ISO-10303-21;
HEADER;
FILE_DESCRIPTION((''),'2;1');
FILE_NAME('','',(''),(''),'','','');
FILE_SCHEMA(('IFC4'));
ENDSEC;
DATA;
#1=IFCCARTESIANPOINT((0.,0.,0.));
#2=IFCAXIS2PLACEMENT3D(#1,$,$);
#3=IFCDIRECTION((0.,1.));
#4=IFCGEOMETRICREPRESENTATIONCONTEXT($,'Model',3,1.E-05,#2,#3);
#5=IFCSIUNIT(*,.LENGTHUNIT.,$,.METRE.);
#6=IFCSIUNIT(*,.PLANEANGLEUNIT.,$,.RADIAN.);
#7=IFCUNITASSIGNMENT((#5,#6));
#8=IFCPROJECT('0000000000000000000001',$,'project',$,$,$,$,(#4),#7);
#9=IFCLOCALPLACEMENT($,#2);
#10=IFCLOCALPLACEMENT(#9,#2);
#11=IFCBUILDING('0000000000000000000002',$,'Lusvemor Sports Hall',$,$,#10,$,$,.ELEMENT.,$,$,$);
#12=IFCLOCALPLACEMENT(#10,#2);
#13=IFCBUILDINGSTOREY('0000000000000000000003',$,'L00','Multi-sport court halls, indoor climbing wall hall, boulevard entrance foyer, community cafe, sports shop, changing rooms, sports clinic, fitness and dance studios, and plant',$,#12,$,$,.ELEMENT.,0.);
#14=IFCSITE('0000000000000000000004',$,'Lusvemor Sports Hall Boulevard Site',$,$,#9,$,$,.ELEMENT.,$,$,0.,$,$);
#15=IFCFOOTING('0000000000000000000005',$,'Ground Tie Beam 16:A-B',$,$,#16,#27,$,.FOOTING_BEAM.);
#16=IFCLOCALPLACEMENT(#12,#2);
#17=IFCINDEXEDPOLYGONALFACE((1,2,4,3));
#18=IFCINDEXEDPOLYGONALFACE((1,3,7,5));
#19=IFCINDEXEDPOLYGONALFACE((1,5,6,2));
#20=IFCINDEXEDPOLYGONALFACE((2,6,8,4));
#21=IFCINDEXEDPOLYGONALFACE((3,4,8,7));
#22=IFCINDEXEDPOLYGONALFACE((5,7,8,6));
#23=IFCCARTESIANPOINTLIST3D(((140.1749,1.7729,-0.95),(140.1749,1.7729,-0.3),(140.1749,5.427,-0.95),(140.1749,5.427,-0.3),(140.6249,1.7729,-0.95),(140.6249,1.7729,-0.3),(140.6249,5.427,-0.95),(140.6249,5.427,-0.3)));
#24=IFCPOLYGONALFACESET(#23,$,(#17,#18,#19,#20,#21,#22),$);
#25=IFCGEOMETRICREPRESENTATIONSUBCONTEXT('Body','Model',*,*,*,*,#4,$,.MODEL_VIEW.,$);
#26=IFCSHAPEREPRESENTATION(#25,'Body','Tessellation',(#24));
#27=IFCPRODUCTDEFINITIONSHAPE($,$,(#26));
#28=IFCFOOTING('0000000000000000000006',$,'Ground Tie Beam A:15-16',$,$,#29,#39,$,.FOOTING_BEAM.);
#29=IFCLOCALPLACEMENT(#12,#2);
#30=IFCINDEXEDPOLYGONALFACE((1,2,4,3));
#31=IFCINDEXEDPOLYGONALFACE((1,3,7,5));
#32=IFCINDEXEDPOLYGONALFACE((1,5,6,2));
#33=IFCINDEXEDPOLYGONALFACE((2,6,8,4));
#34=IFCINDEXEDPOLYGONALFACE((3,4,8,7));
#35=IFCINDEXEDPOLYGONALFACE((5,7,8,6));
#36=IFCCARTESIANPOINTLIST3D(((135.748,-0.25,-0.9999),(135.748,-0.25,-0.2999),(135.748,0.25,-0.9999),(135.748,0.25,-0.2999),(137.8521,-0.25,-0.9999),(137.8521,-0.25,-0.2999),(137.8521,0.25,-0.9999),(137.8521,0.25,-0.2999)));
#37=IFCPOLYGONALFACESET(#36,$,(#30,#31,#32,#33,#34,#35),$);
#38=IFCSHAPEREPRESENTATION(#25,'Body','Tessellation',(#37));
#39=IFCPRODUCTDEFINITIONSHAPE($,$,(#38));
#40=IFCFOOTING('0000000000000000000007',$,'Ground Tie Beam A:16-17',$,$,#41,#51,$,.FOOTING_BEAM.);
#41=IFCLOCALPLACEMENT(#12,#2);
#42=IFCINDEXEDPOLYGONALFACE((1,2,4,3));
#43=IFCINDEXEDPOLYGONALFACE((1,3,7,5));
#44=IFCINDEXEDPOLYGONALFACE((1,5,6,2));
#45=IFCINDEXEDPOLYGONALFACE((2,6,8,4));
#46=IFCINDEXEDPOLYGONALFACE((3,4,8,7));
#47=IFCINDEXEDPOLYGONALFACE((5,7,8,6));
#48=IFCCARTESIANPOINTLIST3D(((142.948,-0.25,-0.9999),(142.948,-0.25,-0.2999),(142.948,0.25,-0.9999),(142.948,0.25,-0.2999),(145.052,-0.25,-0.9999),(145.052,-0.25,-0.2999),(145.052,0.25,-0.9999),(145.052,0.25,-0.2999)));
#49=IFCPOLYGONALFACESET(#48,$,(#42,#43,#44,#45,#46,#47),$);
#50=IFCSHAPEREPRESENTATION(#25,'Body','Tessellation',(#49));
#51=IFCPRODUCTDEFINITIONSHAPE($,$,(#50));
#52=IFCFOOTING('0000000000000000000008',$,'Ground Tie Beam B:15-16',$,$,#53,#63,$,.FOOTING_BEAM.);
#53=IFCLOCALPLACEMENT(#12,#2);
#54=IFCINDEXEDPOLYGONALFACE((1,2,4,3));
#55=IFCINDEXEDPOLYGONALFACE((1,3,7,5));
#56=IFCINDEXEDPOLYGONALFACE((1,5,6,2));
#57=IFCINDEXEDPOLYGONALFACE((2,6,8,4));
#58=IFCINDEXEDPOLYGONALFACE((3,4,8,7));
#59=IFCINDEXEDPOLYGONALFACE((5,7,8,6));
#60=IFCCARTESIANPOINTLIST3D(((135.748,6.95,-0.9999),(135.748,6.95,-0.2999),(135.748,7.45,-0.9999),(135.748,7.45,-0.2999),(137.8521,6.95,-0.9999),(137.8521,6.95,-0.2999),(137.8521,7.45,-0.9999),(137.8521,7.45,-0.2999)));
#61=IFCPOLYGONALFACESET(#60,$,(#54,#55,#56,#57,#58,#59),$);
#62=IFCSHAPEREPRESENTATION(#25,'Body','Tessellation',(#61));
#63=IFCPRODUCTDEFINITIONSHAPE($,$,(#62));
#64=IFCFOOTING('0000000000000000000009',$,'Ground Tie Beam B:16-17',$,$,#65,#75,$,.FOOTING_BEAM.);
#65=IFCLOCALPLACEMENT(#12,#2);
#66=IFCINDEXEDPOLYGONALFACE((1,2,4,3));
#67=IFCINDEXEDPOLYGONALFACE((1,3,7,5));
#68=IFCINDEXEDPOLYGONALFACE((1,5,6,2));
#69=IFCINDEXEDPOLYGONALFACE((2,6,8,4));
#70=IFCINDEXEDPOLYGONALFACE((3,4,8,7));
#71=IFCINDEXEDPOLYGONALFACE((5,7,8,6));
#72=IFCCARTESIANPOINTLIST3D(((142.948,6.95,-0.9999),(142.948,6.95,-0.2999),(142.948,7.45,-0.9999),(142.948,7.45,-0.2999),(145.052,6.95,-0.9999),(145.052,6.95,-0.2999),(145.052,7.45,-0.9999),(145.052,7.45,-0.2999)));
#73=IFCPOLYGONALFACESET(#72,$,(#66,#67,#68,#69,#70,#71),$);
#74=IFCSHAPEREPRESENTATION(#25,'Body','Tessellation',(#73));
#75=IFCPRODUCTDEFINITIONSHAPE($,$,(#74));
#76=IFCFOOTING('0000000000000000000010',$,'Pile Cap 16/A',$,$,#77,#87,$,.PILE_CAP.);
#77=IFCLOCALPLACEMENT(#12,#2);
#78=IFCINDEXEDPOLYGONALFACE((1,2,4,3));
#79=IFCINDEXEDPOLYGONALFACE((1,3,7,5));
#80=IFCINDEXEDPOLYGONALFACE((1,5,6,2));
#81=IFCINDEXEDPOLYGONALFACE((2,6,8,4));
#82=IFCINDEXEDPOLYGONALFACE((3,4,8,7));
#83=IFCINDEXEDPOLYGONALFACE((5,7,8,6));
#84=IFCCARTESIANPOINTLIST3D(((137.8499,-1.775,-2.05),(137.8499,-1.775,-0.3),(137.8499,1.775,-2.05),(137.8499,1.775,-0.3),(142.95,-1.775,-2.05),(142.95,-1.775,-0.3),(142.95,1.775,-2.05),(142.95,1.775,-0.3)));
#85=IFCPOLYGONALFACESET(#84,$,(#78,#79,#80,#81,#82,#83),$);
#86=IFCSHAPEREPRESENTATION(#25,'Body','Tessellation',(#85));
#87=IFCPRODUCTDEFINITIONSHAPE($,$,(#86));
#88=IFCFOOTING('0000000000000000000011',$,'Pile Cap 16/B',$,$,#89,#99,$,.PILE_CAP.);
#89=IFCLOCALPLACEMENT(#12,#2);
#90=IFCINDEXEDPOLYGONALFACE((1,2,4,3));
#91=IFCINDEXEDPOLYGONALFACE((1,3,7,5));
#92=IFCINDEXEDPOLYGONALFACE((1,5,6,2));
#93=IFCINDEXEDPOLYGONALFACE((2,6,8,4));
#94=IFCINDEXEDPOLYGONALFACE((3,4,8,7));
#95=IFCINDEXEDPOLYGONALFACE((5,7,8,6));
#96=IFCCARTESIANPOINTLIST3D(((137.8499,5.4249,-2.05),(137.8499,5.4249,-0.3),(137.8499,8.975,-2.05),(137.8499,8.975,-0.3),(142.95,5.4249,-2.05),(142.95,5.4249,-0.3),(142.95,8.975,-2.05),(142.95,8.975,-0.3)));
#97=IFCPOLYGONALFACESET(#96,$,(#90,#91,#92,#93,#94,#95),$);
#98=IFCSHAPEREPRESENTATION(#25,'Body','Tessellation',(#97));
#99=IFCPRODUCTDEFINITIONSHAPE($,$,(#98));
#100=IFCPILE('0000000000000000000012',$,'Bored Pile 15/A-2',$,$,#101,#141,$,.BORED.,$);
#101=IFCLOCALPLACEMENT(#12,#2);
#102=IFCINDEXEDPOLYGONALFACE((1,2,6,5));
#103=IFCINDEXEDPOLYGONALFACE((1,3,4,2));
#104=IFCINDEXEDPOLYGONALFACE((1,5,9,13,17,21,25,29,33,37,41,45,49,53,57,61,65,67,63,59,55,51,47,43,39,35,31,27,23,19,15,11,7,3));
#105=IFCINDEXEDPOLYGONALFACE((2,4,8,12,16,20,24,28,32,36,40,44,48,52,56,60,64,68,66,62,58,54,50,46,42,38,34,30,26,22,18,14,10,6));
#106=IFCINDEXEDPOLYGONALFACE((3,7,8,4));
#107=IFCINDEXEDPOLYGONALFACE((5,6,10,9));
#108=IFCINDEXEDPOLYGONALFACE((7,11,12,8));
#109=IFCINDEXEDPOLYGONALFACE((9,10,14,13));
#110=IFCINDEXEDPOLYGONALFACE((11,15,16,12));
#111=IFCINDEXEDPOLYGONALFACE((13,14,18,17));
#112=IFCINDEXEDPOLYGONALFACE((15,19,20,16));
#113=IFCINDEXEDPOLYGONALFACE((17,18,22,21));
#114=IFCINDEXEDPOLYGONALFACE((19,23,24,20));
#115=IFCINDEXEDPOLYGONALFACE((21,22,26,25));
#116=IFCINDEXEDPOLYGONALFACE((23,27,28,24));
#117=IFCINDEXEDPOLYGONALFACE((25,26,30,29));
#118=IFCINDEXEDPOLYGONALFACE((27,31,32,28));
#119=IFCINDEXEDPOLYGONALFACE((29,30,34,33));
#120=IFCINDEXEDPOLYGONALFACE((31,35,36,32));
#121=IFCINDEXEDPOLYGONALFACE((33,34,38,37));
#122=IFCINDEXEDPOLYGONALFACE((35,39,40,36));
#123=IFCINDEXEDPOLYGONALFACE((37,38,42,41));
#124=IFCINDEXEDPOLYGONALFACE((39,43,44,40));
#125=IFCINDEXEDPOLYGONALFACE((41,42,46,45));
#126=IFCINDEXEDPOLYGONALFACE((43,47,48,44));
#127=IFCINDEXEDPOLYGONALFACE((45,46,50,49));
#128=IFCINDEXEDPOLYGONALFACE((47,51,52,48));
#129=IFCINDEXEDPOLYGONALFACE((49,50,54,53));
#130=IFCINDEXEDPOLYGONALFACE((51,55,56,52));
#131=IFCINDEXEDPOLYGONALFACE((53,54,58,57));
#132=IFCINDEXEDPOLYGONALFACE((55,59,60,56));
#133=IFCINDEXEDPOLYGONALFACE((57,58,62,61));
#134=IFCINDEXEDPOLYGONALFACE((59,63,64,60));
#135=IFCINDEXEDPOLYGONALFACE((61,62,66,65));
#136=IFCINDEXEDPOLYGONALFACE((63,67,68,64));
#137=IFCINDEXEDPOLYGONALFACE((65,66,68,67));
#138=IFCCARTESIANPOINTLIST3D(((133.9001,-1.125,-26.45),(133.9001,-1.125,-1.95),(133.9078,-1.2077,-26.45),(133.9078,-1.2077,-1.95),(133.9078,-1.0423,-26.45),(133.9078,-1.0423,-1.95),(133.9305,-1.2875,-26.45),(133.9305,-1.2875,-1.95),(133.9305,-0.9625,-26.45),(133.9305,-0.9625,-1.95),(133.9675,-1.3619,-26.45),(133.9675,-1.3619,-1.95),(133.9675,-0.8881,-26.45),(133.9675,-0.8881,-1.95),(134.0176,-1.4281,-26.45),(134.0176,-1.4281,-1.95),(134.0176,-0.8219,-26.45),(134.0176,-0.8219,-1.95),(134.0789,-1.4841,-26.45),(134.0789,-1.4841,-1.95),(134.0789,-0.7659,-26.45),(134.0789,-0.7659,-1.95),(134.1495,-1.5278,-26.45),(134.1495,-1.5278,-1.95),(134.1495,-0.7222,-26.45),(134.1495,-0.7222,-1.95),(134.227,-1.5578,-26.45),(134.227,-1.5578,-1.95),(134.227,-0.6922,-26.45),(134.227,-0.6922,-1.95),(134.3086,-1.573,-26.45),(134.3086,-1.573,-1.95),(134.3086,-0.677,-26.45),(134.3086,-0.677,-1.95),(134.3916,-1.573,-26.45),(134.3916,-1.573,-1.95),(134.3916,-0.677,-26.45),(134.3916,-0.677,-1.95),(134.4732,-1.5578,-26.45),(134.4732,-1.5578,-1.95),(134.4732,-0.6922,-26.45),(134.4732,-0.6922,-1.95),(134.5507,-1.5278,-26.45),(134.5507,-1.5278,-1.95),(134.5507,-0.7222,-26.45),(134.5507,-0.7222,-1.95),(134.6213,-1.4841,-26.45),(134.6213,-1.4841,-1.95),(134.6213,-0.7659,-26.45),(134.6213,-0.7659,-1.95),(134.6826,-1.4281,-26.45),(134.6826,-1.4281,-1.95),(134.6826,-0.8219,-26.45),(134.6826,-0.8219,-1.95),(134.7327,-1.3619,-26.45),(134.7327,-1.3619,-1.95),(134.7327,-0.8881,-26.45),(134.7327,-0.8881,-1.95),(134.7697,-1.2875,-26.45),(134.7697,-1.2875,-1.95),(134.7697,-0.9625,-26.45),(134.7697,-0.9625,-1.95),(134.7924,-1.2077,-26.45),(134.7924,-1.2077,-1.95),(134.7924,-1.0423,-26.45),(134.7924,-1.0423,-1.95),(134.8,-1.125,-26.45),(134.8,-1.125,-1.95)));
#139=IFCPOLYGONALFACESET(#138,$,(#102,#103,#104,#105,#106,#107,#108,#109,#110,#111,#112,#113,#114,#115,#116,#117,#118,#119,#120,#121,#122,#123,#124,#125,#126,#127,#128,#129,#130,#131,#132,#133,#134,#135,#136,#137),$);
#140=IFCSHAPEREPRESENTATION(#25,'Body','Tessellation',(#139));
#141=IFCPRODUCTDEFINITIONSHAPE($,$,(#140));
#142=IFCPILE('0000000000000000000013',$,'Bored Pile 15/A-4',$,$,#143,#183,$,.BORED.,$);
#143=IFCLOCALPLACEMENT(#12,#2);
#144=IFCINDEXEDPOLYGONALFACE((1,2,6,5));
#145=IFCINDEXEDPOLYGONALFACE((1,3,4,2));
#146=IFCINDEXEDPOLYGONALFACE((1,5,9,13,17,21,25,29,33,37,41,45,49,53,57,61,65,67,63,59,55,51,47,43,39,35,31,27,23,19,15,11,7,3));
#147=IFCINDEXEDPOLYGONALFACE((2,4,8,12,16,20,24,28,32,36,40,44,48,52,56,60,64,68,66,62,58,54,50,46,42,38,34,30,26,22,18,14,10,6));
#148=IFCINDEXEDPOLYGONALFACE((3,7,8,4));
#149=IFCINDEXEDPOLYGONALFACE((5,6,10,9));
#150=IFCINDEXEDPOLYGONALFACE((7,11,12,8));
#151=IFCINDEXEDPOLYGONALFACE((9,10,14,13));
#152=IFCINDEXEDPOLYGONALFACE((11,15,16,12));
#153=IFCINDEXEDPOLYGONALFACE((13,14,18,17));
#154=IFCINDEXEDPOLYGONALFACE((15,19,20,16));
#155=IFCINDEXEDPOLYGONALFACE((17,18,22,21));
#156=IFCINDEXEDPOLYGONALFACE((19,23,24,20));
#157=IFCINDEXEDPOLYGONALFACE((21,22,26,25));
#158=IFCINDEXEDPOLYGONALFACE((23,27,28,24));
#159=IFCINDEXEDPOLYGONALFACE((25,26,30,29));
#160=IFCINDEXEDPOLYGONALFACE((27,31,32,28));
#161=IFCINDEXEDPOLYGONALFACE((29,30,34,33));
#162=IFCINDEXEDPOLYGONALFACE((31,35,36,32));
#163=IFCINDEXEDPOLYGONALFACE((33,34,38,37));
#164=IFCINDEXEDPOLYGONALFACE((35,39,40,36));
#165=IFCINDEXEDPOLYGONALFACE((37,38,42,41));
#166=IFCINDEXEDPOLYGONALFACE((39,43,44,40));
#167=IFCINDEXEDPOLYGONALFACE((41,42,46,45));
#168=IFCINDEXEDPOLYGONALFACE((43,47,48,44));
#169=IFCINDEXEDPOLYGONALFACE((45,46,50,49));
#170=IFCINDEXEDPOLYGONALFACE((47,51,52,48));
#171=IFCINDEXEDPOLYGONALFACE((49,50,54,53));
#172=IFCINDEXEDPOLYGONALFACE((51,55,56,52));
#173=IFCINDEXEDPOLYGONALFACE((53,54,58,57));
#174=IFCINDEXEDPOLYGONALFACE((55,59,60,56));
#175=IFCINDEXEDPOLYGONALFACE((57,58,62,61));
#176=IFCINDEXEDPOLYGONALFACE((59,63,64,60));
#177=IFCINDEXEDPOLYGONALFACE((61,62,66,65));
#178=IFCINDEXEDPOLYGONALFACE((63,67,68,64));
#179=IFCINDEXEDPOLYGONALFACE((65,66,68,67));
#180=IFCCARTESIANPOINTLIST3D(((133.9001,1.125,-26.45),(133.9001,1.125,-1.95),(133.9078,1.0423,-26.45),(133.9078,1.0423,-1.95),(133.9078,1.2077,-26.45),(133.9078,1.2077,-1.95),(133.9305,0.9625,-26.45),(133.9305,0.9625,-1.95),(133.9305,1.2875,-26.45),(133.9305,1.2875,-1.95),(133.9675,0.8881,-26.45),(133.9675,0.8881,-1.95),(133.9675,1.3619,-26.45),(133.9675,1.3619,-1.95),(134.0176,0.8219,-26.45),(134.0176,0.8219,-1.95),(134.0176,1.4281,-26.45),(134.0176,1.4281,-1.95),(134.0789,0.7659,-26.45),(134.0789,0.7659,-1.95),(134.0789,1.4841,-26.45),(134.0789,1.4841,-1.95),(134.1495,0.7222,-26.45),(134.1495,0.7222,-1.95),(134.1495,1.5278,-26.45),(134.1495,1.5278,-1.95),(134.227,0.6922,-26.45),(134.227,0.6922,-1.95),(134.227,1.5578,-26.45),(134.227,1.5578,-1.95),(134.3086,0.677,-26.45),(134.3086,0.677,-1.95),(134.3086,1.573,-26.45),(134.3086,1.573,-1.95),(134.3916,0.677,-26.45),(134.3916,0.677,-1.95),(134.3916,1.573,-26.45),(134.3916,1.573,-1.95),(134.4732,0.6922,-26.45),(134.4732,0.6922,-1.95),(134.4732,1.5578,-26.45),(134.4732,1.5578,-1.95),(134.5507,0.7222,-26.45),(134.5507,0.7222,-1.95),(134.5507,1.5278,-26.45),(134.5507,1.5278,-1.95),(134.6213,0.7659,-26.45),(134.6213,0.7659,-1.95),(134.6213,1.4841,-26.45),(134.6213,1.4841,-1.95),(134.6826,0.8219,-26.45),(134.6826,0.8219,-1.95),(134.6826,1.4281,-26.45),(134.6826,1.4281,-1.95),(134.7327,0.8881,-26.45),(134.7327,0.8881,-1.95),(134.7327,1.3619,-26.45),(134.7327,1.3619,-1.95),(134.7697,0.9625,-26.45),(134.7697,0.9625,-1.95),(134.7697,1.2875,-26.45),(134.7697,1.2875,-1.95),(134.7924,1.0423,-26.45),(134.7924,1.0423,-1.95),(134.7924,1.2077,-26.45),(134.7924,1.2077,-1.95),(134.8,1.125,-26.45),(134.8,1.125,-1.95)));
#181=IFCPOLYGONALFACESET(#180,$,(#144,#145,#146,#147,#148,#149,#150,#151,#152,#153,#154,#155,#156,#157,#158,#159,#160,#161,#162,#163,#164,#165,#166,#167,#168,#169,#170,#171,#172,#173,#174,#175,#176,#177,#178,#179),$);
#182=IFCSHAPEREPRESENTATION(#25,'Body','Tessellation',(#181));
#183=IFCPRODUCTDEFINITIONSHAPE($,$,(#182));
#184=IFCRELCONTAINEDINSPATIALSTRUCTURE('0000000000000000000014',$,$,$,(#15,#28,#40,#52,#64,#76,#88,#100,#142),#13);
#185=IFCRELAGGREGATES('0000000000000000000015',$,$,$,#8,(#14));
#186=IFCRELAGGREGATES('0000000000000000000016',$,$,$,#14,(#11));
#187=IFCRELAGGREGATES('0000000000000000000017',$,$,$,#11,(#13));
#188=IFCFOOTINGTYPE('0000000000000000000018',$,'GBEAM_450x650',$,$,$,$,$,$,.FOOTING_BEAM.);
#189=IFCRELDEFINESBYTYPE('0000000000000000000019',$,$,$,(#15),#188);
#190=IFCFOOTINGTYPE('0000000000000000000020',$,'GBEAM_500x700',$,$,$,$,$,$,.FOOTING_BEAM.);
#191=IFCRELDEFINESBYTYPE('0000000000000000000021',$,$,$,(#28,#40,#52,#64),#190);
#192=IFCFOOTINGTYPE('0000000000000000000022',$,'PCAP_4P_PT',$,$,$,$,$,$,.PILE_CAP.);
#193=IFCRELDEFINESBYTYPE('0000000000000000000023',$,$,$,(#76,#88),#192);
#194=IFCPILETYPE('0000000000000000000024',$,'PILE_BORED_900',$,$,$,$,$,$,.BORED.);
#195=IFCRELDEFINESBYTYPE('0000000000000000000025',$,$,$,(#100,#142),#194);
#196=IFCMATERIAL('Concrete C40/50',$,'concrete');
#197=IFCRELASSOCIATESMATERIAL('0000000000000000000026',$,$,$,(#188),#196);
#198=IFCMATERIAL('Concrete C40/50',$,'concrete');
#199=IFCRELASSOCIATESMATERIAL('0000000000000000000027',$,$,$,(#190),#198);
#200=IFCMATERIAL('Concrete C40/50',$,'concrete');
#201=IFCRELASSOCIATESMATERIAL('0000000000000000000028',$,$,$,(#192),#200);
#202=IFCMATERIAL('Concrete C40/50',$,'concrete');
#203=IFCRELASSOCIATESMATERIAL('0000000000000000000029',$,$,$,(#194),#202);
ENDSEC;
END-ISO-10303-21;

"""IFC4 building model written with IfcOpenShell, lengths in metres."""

from ifc_helpers import new_model, si_unit, direction, frame, origin, origin_2d, place, context, subcontext, project, spatial, rectangle, circle, extrude, material, material_profile, profile_set, type_object, element, save


model = new_model("IFC4")

# Units and contexts
model_context = context("Model", 3, precision=1e-05, world=origin(), true_north=direction((0.0, 1.0)))
body_context = subcontext(model_context, "Body", "Model", "MODEL_VIEW")
ifc_project = project(units=[si_unit("LENGTHUNIT", "METRE"), si_unit("PLANEANGLEUNIT", "RADIAN")], contexts=[model_context])

# Site, building, storey
site_placement = place(None, origin())
site = spatial("IfcSite", under=ifc_project, at=site_placement, Name="Lusvemor Sports Hall Boulevard Site", CompositionType="ELEMENT", RefElevation=0.0)
building_placement = place(site_placement, origin())
building = spatial("IfcBuilding", under=site, at=building_placement, Name="Lusvemor Sports Hall", CompositionType="ELEMENT")
storey_placement = place(building_placement, origin())
storey = spatial("IfcBuildingStorey", under=building, at=storey_placement, Name="L00", Description="Multi-sport court halls, indoor climbing wall hall, boulevard entrance foyer, community cafe, sports shop, changing rooms, sports clinic, fitness and dance studios, and plant", CompositionType="ELEMENT", Elevation=0.0)

# Footings
ifc_material_1 = material(Name="Concrete C40/50", Category="concrete")
ifc_material_profile_1 = material_profile(ifc_material_1, rectangle(XDim=0.45, YDim=0.6499, at=origin_2d()), Name="GB_450x650")
ifc_profile_set_1 = profile_set([ifc_material_profile_1], Name="Concrete C40/50")
footing_type_1 = type_object("IfcFootingType", Name="GBEAM_450x650", PredefinedType="FOOTING_BEAM", material=ifc_profile_set_1)
footing_placement = place(storey_placement, frame((140.3999, 1.7729, -0.625), z_axis=(0.0, 1.0, 0.0), x_axis=(-1.0, 0.0, 0.0)))
element("IfcFooting", 1, at=footing_placement, inside=storey, type_object=footing_type_1, Name="Ground Tie Beam 16:A-B", PredefinedType="FOOTING_BEAM", context=body_context, shape_type="SweptSolid", body=[
    extrude(rectangle(XDim=0.45, YDim=0.6499, at=origin_2d()), origin(), (0.0, 0.0, 1.0), 3.6541),
])
ifc_material_2 = material(Name="Concrete C40/50", Category="concrete")
ifc_material_profile_2 = material_profile(ifc_material_2, rectangle(XDim=0.5, YDim=0.7, at=origin_2d()), Name="GB_500x700")
ifc_profile_set_2 = profile_set([ifc_material_profile_2], Name="Concrete C40/50")
footing_type_2 = type_object("IfcFootingType", Name="GBEAM_500x700", PredefinedType="FOOTING_BEAM", material=ifc_profile_set_2)
for number, where, z_axis, x_axis, name in (
    (2, (135.748, 0.0, -0.6499), (1.0, 0.0, 0.0), (0.0, 1.0, 0.0), "Ground Tie Beam A:15-16"),
    (3, (142.948, 0.0, -0.6499), (1.0, 0.0, 0.0), (0.0, 1.0, 0.0), "Ground Tie Beam A:16-17"),
    (4, (135.748, 7.2, -0.6499), (1.0, 0.0, 0.0), (0.0, 1.0, 0.0), "Ground Tie Beam B:15-16"),
    (5, (142.948, 7.2, -0.6499), (1.0, 0.0, 0.0), (0.0, 1.0, 0.0), "Ground Tie Beam B:16-17"),
):
    element("IfcFooting", number, at=place(storey_placement, frame(where, z_axis=z_axis, x_axis=x_axis)), inside=storey, type_object=footing_type_2, Name=name, PredefinedType="FOOTING_BEAM", context=body_context, shape_type="SweptSolid", body=[
        extrude(rectangle(XDim=0.5, YDim=0.7, at=origin_2d()), origin(), (0.0, 0.0, 1.0), 2.104),
    ])
ifc_material_3 = material(Name="Concrete C40/50", Category="concrete")
footing_type_3 = type_object("IfcFootingType", Name="PCAP_4P_PT", PredefinedType="PILE_CAP", material=ifc_material_3)
for number, where, z_axis, x_axis, name in (
    (6, (140.3999, 0.0, -2.05), (0.0, 0.0, 1.0), (1.0, 0.0, 0.0), "Pile Cap 16/A"),
    (7, (140.3999, 7.2, -2.05), (0.0, 0.0, 1.0), (1.0, 0.0, 0.0), "Pile Cap 16/B"),
):
    element("IfcFooting", number, at=place(storey_placement, frame(where, z_axis=z_axis, x_axis=x_axis)), inside=storey, type_object=footing_type_3, Name=name, PredefinedType="PILE_CAP", context=body_context, shape_type="SweptSolid", body=[
        extrude(rectangle(XDim=5.1001, YDim=3.55, at=origin_2d()), origin(), (0.0, 0.0, 1.0), 1.75),
    ])

# Piles
ifc_material_4 = material(Name="Concrete C40/50", Category="concrete")
ifc_material_profile_3 = material_profile(ifc_material_4, circle(Radius=0.45, at=origin_2d()), Name="PILE900")
ifc_profile_set_3 = profile_set([ifc_material_profile_3], Name="Concrete C40/50")
pile_type = type_object("IfcPileType", Name="PILE_BORED_900", PredefinedType="BORED", material=ifc_profile_set_3)
for number, where, z_axis, x_axis, name in (
    (8, (134.3501, -1.125, -1.95), (0.0, 0.0, -1.0), (1.0, 0.0, 0.0), "Bored Pile 15/A-2"),
    (9, (134.3501, 1.125, -1.95), (0.0, 0.0, -1.0), (1.0, 0.0, 0.0), "Bored Pile 15/A-4"),
):
    element("IfcPile", number, at=place(storey_placement, frame(where, z_axis=z_axis, x_axis=x_axis)), inside=storey, type_object=pile_type, Name=name, PredefinedType="BORED", context=body_context, shape_type="SweptSolid", body=[
        extrude(circle(Radius=0.45, at=origin_2d()), origin(), (0.0, 0.0, 1.0), 24.5),
    ])

save(model, "model.ifc")
